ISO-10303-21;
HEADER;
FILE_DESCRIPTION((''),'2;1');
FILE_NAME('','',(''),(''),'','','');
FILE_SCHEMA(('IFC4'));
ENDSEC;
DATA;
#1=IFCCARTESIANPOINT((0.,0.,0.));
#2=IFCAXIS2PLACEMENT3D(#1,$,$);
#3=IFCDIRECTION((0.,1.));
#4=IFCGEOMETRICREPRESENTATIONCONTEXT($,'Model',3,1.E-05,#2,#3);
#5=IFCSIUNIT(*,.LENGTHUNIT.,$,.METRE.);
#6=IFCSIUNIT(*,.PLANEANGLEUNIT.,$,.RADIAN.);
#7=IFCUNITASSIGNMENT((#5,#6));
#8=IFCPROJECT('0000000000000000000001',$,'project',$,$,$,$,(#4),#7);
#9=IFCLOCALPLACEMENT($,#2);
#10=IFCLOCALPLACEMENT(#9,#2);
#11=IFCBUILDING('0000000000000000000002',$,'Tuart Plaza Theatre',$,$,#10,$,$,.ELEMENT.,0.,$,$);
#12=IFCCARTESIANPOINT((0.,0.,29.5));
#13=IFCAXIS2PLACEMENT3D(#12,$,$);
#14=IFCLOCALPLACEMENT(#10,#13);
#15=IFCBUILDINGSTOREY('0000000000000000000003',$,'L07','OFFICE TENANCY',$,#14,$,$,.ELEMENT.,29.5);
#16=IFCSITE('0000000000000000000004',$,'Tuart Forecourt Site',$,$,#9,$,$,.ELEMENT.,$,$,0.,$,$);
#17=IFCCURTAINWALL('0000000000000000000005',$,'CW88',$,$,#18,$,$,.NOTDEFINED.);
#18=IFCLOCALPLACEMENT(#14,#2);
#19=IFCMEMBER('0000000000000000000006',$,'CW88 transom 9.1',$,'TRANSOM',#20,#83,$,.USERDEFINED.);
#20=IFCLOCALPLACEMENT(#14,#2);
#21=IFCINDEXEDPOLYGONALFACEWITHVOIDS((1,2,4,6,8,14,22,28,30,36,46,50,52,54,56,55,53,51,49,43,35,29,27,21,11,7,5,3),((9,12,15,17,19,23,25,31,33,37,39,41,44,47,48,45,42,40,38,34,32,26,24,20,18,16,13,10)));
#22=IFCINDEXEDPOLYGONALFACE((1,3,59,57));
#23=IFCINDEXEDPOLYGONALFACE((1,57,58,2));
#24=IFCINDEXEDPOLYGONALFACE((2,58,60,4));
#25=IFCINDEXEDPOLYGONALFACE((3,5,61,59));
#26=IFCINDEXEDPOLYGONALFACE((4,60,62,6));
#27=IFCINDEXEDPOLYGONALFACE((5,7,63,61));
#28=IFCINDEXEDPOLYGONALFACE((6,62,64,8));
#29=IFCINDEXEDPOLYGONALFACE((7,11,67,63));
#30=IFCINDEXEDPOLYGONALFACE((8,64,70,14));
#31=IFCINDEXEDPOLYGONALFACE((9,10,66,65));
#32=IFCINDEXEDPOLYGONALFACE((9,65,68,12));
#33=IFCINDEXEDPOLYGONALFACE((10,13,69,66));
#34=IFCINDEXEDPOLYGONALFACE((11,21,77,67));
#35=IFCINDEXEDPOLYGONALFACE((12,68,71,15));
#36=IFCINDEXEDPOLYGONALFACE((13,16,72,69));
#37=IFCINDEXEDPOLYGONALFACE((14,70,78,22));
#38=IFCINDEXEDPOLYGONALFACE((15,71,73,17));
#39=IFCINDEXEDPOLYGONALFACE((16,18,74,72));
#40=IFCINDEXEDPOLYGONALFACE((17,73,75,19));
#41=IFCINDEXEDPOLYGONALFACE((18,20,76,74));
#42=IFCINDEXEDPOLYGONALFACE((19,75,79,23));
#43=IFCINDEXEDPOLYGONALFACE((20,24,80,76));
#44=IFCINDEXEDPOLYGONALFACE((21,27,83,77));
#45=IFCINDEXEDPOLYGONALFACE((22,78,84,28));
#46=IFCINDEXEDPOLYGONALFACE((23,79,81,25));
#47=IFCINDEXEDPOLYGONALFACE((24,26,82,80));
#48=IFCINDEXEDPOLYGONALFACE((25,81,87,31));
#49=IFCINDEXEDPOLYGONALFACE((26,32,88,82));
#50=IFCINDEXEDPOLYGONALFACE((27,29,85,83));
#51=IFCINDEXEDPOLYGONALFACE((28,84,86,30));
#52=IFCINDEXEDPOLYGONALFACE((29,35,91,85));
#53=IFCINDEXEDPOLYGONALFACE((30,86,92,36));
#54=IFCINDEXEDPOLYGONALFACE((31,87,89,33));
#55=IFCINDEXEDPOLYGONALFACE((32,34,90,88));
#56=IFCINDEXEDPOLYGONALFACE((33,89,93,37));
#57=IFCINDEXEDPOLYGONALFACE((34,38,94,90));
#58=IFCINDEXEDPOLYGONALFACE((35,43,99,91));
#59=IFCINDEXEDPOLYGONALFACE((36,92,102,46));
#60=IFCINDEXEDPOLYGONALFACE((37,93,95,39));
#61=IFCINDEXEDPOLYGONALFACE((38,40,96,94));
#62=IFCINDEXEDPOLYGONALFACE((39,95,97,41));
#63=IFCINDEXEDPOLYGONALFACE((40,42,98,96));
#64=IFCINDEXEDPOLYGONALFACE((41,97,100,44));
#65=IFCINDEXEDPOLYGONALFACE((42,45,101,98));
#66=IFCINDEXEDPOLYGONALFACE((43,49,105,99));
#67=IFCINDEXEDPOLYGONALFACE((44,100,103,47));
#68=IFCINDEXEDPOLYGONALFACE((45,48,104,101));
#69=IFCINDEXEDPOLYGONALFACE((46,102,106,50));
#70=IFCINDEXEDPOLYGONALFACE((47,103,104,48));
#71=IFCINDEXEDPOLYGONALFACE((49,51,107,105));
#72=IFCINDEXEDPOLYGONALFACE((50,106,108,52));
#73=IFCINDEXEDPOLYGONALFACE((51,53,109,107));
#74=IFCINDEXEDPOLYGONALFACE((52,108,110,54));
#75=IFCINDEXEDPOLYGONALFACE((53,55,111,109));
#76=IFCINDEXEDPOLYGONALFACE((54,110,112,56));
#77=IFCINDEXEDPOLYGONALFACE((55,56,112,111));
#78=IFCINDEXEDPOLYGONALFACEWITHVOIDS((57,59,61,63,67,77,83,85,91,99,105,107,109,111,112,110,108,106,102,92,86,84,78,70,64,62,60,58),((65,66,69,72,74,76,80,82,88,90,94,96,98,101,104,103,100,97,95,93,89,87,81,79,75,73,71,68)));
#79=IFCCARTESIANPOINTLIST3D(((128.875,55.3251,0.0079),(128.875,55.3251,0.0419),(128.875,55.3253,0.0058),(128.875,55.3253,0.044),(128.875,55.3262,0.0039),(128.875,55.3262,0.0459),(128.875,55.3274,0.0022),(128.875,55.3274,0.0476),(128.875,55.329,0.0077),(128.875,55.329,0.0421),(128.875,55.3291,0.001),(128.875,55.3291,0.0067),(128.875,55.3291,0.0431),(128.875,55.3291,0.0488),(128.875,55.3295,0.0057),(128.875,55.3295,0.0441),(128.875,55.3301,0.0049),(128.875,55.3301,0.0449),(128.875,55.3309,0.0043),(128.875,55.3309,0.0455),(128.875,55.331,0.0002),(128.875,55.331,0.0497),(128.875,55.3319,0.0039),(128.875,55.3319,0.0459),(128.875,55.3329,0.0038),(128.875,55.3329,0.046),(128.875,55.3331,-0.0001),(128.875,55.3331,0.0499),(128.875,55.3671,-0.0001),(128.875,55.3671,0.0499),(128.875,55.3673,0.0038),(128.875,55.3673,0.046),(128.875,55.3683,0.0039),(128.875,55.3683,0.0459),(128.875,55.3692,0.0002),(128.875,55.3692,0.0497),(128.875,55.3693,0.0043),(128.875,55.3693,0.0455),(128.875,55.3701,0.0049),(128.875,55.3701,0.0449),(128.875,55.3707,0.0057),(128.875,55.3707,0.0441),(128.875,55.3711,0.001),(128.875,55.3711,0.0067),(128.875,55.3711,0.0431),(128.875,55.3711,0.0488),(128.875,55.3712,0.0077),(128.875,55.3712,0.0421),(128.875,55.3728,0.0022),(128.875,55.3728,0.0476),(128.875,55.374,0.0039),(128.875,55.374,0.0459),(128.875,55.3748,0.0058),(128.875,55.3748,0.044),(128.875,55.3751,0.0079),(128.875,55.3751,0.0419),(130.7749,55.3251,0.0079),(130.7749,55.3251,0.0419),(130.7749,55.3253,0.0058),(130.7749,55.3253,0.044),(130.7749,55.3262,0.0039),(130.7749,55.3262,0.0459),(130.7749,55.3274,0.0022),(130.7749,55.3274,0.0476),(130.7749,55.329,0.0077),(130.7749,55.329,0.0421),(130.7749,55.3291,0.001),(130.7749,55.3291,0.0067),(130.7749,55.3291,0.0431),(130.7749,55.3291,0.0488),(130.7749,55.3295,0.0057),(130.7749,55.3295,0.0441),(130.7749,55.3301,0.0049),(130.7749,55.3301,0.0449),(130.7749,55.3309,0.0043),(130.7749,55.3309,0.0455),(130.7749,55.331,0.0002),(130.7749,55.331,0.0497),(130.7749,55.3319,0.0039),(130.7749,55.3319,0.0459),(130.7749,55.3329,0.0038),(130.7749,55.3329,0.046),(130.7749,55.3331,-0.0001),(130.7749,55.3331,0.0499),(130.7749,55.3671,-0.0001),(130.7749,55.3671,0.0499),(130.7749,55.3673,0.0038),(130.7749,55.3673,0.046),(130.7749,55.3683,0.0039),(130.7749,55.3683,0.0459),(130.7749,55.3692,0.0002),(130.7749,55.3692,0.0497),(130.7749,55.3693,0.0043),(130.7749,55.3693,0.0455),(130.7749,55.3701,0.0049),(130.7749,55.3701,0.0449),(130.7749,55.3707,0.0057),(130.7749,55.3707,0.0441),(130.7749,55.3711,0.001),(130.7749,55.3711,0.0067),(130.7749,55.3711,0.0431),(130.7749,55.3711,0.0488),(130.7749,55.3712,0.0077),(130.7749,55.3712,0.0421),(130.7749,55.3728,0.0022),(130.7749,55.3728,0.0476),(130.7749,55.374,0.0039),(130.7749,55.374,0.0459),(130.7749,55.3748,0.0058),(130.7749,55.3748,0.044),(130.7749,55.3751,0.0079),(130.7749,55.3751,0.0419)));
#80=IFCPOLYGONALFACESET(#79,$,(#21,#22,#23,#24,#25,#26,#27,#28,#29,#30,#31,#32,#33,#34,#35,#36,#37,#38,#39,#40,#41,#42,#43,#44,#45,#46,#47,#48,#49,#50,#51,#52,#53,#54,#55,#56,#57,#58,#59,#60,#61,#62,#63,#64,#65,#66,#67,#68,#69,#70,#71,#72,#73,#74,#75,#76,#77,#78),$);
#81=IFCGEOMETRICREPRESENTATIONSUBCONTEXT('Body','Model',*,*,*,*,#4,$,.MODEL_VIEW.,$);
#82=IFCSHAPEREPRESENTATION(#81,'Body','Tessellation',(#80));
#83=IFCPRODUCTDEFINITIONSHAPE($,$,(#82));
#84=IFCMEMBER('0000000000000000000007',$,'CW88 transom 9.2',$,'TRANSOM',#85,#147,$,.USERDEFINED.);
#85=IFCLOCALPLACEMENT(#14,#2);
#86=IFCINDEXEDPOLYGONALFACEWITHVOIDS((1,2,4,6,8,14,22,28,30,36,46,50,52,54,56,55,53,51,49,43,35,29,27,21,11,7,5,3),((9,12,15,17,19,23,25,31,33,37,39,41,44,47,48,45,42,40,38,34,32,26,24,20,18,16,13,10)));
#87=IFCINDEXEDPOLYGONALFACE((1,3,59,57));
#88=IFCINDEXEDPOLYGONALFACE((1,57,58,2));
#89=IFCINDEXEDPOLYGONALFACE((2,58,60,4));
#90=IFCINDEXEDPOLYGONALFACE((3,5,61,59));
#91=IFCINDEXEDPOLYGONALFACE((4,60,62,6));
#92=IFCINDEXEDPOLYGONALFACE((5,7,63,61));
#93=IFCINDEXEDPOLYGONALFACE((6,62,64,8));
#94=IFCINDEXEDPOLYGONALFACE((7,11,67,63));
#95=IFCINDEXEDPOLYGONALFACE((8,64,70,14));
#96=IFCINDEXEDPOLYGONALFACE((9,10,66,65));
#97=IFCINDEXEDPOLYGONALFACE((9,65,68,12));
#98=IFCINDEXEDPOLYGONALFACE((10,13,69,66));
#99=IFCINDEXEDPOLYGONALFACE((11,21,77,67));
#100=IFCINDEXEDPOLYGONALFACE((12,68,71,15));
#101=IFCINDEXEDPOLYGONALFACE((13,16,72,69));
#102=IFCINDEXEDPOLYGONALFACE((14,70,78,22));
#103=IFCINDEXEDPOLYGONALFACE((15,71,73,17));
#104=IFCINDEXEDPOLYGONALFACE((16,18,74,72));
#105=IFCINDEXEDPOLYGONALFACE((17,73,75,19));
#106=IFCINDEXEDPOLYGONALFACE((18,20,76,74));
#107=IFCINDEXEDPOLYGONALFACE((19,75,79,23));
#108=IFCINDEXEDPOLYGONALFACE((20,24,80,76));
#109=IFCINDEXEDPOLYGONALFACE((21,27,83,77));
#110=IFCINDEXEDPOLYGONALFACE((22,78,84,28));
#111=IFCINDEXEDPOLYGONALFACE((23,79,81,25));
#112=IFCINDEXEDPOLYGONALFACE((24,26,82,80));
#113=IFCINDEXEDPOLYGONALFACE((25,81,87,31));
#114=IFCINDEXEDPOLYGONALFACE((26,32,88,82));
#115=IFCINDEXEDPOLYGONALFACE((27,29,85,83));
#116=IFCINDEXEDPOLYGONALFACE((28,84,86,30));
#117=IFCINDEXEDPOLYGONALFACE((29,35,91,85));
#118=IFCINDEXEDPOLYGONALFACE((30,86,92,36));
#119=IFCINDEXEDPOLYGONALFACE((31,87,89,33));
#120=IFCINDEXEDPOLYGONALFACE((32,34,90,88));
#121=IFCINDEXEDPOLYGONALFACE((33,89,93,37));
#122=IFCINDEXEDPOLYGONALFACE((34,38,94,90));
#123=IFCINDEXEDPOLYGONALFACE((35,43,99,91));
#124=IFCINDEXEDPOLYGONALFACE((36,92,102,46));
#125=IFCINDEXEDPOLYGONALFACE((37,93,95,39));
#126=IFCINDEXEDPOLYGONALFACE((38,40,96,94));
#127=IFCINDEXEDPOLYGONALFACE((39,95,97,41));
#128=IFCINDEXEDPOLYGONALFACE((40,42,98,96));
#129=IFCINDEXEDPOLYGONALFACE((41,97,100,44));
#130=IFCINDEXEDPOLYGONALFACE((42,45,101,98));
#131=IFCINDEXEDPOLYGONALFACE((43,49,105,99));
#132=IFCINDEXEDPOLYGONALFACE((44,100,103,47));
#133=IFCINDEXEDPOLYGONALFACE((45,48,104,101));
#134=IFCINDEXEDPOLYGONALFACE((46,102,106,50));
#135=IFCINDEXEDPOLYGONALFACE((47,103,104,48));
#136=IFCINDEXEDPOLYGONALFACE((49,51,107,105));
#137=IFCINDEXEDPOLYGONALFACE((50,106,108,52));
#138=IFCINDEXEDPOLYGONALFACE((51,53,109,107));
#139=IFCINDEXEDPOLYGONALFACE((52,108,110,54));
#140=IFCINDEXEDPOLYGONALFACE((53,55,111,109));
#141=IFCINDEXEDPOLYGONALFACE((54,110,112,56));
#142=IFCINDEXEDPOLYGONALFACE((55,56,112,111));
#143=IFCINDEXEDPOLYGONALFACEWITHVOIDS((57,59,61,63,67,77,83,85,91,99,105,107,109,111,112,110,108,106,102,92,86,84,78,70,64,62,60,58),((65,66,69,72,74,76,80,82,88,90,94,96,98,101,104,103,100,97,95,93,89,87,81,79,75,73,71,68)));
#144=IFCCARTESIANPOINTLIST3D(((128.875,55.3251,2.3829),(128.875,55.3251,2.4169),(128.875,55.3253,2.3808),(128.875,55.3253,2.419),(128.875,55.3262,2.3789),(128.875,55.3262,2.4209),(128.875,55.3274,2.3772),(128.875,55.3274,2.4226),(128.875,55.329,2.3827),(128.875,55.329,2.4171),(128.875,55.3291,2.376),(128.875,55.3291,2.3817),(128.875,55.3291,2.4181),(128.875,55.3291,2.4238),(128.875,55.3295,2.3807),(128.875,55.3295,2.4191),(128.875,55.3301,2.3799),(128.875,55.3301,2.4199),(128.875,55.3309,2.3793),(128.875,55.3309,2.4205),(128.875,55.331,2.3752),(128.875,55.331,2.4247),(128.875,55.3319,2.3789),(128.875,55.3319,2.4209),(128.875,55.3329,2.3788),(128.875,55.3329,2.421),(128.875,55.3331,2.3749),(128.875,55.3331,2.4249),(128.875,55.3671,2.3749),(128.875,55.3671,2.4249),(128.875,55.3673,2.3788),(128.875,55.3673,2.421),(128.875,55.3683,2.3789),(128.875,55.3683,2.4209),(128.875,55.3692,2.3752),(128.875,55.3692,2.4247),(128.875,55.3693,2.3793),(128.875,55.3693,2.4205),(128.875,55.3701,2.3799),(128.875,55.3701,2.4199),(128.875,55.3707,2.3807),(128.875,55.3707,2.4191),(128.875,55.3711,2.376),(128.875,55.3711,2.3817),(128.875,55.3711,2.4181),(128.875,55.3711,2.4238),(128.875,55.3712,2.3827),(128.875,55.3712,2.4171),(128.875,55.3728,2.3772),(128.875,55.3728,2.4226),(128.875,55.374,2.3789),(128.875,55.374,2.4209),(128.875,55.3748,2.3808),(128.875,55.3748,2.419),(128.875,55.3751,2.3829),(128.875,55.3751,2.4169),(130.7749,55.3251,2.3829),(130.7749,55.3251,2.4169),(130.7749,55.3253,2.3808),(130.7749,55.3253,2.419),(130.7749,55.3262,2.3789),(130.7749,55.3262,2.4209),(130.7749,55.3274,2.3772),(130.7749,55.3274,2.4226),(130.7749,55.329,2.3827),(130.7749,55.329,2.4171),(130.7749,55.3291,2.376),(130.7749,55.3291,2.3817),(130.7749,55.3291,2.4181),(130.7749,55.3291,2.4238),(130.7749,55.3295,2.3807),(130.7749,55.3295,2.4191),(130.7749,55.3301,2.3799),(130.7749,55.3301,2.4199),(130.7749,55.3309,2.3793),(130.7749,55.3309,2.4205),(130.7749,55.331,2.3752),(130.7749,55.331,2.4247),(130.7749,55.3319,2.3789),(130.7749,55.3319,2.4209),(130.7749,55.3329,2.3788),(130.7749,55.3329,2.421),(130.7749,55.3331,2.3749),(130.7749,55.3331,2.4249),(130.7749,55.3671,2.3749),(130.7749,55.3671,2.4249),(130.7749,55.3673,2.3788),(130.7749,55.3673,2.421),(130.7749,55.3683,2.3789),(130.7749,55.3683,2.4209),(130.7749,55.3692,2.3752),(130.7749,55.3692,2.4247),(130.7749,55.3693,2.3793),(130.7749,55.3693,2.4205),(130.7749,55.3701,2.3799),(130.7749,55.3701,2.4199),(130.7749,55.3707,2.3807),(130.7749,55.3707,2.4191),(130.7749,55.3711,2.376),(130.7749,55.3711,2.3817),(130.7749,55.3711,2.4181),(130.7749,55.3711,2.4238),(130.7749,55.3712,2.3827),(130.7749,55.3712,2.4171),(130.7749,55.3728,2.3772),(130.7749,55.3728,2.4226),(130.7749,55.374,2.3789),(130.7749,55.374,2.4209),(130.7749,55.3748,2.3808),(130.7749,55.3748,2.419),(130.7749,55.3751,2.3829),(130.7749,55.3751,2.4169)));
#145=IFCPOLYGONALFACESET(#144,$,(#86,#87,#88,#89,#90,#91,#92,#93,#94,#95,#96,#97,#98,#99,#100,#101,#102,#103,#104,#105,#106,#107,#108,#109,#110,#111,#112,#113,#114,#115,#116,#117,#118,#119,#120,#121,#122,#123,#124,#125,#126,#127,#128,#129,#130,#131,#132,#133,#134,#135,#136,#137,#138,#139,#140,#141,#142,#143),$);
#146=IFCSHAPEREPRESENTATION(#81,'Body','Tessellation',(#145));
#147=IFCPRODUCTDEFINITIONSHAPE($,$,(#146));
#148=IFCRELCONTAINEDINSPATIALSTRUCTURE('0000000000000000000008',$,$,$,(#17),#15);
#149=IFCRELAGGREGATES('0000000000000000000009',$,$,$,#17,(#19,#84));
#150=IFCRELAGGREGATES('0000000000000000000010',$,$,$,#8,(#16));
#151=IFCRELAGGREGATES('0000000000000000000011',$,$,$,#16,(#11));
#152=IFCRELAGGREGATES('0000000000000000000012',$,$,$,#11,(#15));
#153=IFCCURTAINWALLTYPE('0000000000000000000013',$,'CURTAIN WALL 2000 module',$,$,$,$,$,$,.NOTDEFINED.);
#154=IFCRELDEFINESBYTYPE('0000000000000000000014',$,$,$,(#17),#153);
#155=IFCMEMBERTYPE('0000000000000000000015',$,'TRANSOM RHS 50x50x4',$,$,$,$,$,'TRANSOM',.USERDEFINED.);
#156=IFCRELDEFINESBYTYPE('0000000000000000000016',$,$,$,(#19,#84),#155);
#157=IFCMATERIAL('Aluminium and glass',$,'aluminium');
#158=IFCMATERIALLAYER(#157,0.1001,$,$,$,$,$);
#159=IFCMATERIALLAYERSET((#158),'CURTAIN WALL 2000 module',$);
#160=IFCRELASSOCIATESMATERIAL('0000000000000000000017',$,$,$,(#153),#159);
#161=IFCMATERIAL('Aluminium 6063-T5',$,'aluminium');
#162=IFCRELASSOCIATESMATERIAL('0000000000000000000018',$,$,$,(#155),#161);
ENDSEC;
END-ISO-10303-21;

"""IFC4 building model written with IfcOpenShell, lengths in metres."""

from ifc_helpers import new_model, si_unit, direction, frame, origin, origin_2d, place, context, subcontext, project, spatial, hollow_rectangle, extrude, material, layer, layer_set, material_profile, profile_set, type_object, element, aggregate, save


model = new_model("IFC4")

# Units and contexts
model_context = context("Model", 3, precision=1e-05, world=origin(), true_north=direction((0.0, 1.0)))
body_context = subcontext(model_context, "Body", "Model", "MODEL_VIEW")
ifc_project = project(units=[si_unit("LENGTHUNIT", "METRE"), si_unit("PLANEANGLEUNIT", "RADIAN")], contexts=[model_context])

# Site, building, storey
site_placement = place(None, origin())
site = spatial("IfcSite", under=ifc_project, at=site_placement, Name="Tuart Forecourt Site", CompositionType="ELEMENT", RefElevation=0.0)
building_placement = place(site_placement, origin())
building = spatial("IfcBuilding", under=site, at=building_placement, Name="Tuart Plaza Theatre", CompositionType="ELEMENT", ElevationOfRefHeight=0.0)
storey_placement = place(building_placement, frame((0.0, 0.0, 29.5)))
storey = spatial("IfcBuildingStorey", under=building, at=storey_placement, Name="L07", Description="OFFICE TENANCY", CompositionType="ELEMENT", Elevation=29.5)

# Curtain wall, members
ifc_material_1 = material(Name="Aluminium and glass", Category="aluminium")
ifc_layer_1 = layer(ifc_material_1, 0.1001)
ifc_layer_set_1 = layer_set([ifc_layer_1], Name="CURTAIN WALL 2000 module")
curtain_wall_type = type_object("IfcCurtainWallType", Name="CURTAIN WALL 2000 module", PredefinedType="NOTDEFINED", material=ifc_layer_set_1)
curtain_wall_placement = place(storey_placement, origin())
curtain_wall = element("IfcCurtainWall", 1, at=curtain_wall_placement, inside=storey, type_object=curtain_wall_type, Name="CW88", PredefinedType="NOTDEFINED")
ifc_material_2 = material(Name="Aluminium 6063-T5", Category="aluminium")
ifc_material_profile_1 = material_profile(ifc_material_2, hollow_rectangle(XDim=0.05, YDim=0.05, WallThickness=0.0039, InnerFilletRadius=0.0039, OuterFilletRadius=0.0081, at=origin_2d()), Name="RHS 50x50x4")
ifc_profile_set_1 = profile_set([ifc_material_profile_1], Name="Aluminium 6063-T5")
member_type_1 = type_object("IfcMemberType", Name="TRANSOM RHS 50x50x4", ElementType="TRANSOM", PredefinedType="USERDEFINED", material=ifc_profile_set_1)
member_1_placement = place(storey_placement, frame((128.875, 55.3501, 0.0249), z_axis=(1.0, 0.0, 0.0), x_axis=(0.0, 1.0, 0.0)))
member_1 = element("IfcMember", 2, at=member_1_placement, type_object=member_type_1, Name="CW88 transom 9.1", ObjectType="TRANSOM", PredefinedType="USERDEFINED", context=body_context, shape_type="SweptSolid", body=[
    extrude(hollow_rectangle(XDim=0.05, YDim=0.05, WallThickness=0.0039, InnerFilletRadius=0.0039, OuterFilletRadius=0.0081, at=origin_2d()), origin(), (0.0, 0.0, 1.0), 1.8999),
])
member_2_placement = place(storey_placement, frame((128.875, 55.3501, 2.3999), z_axis=(1.0, 0.0, 0.0), x_axis=(0.0, 1.0, 0.0)))
member_2 = element("IfcMember", 3, at=member_2_placement, type_object=member_type_1, Name="CW88 transom 9.2", ObjectType="TRANSOM", PredefinedType="USERDEFINED", context=body_context, shape_type="SweptSolid", body=[
    extrude(hollow_rectangle(XDim=0.05, YDim=0.05, WallThickness=0.0039, InnerFilletRadius=0.0039, OuterFilletRadius=0.0081, at=origin_2d()), origin(), (0.0, 0.0, 1.0), 1.8999),
])
aggregate(curtain_wall, [member_1, member_2])

save(model, "model.ifc")
